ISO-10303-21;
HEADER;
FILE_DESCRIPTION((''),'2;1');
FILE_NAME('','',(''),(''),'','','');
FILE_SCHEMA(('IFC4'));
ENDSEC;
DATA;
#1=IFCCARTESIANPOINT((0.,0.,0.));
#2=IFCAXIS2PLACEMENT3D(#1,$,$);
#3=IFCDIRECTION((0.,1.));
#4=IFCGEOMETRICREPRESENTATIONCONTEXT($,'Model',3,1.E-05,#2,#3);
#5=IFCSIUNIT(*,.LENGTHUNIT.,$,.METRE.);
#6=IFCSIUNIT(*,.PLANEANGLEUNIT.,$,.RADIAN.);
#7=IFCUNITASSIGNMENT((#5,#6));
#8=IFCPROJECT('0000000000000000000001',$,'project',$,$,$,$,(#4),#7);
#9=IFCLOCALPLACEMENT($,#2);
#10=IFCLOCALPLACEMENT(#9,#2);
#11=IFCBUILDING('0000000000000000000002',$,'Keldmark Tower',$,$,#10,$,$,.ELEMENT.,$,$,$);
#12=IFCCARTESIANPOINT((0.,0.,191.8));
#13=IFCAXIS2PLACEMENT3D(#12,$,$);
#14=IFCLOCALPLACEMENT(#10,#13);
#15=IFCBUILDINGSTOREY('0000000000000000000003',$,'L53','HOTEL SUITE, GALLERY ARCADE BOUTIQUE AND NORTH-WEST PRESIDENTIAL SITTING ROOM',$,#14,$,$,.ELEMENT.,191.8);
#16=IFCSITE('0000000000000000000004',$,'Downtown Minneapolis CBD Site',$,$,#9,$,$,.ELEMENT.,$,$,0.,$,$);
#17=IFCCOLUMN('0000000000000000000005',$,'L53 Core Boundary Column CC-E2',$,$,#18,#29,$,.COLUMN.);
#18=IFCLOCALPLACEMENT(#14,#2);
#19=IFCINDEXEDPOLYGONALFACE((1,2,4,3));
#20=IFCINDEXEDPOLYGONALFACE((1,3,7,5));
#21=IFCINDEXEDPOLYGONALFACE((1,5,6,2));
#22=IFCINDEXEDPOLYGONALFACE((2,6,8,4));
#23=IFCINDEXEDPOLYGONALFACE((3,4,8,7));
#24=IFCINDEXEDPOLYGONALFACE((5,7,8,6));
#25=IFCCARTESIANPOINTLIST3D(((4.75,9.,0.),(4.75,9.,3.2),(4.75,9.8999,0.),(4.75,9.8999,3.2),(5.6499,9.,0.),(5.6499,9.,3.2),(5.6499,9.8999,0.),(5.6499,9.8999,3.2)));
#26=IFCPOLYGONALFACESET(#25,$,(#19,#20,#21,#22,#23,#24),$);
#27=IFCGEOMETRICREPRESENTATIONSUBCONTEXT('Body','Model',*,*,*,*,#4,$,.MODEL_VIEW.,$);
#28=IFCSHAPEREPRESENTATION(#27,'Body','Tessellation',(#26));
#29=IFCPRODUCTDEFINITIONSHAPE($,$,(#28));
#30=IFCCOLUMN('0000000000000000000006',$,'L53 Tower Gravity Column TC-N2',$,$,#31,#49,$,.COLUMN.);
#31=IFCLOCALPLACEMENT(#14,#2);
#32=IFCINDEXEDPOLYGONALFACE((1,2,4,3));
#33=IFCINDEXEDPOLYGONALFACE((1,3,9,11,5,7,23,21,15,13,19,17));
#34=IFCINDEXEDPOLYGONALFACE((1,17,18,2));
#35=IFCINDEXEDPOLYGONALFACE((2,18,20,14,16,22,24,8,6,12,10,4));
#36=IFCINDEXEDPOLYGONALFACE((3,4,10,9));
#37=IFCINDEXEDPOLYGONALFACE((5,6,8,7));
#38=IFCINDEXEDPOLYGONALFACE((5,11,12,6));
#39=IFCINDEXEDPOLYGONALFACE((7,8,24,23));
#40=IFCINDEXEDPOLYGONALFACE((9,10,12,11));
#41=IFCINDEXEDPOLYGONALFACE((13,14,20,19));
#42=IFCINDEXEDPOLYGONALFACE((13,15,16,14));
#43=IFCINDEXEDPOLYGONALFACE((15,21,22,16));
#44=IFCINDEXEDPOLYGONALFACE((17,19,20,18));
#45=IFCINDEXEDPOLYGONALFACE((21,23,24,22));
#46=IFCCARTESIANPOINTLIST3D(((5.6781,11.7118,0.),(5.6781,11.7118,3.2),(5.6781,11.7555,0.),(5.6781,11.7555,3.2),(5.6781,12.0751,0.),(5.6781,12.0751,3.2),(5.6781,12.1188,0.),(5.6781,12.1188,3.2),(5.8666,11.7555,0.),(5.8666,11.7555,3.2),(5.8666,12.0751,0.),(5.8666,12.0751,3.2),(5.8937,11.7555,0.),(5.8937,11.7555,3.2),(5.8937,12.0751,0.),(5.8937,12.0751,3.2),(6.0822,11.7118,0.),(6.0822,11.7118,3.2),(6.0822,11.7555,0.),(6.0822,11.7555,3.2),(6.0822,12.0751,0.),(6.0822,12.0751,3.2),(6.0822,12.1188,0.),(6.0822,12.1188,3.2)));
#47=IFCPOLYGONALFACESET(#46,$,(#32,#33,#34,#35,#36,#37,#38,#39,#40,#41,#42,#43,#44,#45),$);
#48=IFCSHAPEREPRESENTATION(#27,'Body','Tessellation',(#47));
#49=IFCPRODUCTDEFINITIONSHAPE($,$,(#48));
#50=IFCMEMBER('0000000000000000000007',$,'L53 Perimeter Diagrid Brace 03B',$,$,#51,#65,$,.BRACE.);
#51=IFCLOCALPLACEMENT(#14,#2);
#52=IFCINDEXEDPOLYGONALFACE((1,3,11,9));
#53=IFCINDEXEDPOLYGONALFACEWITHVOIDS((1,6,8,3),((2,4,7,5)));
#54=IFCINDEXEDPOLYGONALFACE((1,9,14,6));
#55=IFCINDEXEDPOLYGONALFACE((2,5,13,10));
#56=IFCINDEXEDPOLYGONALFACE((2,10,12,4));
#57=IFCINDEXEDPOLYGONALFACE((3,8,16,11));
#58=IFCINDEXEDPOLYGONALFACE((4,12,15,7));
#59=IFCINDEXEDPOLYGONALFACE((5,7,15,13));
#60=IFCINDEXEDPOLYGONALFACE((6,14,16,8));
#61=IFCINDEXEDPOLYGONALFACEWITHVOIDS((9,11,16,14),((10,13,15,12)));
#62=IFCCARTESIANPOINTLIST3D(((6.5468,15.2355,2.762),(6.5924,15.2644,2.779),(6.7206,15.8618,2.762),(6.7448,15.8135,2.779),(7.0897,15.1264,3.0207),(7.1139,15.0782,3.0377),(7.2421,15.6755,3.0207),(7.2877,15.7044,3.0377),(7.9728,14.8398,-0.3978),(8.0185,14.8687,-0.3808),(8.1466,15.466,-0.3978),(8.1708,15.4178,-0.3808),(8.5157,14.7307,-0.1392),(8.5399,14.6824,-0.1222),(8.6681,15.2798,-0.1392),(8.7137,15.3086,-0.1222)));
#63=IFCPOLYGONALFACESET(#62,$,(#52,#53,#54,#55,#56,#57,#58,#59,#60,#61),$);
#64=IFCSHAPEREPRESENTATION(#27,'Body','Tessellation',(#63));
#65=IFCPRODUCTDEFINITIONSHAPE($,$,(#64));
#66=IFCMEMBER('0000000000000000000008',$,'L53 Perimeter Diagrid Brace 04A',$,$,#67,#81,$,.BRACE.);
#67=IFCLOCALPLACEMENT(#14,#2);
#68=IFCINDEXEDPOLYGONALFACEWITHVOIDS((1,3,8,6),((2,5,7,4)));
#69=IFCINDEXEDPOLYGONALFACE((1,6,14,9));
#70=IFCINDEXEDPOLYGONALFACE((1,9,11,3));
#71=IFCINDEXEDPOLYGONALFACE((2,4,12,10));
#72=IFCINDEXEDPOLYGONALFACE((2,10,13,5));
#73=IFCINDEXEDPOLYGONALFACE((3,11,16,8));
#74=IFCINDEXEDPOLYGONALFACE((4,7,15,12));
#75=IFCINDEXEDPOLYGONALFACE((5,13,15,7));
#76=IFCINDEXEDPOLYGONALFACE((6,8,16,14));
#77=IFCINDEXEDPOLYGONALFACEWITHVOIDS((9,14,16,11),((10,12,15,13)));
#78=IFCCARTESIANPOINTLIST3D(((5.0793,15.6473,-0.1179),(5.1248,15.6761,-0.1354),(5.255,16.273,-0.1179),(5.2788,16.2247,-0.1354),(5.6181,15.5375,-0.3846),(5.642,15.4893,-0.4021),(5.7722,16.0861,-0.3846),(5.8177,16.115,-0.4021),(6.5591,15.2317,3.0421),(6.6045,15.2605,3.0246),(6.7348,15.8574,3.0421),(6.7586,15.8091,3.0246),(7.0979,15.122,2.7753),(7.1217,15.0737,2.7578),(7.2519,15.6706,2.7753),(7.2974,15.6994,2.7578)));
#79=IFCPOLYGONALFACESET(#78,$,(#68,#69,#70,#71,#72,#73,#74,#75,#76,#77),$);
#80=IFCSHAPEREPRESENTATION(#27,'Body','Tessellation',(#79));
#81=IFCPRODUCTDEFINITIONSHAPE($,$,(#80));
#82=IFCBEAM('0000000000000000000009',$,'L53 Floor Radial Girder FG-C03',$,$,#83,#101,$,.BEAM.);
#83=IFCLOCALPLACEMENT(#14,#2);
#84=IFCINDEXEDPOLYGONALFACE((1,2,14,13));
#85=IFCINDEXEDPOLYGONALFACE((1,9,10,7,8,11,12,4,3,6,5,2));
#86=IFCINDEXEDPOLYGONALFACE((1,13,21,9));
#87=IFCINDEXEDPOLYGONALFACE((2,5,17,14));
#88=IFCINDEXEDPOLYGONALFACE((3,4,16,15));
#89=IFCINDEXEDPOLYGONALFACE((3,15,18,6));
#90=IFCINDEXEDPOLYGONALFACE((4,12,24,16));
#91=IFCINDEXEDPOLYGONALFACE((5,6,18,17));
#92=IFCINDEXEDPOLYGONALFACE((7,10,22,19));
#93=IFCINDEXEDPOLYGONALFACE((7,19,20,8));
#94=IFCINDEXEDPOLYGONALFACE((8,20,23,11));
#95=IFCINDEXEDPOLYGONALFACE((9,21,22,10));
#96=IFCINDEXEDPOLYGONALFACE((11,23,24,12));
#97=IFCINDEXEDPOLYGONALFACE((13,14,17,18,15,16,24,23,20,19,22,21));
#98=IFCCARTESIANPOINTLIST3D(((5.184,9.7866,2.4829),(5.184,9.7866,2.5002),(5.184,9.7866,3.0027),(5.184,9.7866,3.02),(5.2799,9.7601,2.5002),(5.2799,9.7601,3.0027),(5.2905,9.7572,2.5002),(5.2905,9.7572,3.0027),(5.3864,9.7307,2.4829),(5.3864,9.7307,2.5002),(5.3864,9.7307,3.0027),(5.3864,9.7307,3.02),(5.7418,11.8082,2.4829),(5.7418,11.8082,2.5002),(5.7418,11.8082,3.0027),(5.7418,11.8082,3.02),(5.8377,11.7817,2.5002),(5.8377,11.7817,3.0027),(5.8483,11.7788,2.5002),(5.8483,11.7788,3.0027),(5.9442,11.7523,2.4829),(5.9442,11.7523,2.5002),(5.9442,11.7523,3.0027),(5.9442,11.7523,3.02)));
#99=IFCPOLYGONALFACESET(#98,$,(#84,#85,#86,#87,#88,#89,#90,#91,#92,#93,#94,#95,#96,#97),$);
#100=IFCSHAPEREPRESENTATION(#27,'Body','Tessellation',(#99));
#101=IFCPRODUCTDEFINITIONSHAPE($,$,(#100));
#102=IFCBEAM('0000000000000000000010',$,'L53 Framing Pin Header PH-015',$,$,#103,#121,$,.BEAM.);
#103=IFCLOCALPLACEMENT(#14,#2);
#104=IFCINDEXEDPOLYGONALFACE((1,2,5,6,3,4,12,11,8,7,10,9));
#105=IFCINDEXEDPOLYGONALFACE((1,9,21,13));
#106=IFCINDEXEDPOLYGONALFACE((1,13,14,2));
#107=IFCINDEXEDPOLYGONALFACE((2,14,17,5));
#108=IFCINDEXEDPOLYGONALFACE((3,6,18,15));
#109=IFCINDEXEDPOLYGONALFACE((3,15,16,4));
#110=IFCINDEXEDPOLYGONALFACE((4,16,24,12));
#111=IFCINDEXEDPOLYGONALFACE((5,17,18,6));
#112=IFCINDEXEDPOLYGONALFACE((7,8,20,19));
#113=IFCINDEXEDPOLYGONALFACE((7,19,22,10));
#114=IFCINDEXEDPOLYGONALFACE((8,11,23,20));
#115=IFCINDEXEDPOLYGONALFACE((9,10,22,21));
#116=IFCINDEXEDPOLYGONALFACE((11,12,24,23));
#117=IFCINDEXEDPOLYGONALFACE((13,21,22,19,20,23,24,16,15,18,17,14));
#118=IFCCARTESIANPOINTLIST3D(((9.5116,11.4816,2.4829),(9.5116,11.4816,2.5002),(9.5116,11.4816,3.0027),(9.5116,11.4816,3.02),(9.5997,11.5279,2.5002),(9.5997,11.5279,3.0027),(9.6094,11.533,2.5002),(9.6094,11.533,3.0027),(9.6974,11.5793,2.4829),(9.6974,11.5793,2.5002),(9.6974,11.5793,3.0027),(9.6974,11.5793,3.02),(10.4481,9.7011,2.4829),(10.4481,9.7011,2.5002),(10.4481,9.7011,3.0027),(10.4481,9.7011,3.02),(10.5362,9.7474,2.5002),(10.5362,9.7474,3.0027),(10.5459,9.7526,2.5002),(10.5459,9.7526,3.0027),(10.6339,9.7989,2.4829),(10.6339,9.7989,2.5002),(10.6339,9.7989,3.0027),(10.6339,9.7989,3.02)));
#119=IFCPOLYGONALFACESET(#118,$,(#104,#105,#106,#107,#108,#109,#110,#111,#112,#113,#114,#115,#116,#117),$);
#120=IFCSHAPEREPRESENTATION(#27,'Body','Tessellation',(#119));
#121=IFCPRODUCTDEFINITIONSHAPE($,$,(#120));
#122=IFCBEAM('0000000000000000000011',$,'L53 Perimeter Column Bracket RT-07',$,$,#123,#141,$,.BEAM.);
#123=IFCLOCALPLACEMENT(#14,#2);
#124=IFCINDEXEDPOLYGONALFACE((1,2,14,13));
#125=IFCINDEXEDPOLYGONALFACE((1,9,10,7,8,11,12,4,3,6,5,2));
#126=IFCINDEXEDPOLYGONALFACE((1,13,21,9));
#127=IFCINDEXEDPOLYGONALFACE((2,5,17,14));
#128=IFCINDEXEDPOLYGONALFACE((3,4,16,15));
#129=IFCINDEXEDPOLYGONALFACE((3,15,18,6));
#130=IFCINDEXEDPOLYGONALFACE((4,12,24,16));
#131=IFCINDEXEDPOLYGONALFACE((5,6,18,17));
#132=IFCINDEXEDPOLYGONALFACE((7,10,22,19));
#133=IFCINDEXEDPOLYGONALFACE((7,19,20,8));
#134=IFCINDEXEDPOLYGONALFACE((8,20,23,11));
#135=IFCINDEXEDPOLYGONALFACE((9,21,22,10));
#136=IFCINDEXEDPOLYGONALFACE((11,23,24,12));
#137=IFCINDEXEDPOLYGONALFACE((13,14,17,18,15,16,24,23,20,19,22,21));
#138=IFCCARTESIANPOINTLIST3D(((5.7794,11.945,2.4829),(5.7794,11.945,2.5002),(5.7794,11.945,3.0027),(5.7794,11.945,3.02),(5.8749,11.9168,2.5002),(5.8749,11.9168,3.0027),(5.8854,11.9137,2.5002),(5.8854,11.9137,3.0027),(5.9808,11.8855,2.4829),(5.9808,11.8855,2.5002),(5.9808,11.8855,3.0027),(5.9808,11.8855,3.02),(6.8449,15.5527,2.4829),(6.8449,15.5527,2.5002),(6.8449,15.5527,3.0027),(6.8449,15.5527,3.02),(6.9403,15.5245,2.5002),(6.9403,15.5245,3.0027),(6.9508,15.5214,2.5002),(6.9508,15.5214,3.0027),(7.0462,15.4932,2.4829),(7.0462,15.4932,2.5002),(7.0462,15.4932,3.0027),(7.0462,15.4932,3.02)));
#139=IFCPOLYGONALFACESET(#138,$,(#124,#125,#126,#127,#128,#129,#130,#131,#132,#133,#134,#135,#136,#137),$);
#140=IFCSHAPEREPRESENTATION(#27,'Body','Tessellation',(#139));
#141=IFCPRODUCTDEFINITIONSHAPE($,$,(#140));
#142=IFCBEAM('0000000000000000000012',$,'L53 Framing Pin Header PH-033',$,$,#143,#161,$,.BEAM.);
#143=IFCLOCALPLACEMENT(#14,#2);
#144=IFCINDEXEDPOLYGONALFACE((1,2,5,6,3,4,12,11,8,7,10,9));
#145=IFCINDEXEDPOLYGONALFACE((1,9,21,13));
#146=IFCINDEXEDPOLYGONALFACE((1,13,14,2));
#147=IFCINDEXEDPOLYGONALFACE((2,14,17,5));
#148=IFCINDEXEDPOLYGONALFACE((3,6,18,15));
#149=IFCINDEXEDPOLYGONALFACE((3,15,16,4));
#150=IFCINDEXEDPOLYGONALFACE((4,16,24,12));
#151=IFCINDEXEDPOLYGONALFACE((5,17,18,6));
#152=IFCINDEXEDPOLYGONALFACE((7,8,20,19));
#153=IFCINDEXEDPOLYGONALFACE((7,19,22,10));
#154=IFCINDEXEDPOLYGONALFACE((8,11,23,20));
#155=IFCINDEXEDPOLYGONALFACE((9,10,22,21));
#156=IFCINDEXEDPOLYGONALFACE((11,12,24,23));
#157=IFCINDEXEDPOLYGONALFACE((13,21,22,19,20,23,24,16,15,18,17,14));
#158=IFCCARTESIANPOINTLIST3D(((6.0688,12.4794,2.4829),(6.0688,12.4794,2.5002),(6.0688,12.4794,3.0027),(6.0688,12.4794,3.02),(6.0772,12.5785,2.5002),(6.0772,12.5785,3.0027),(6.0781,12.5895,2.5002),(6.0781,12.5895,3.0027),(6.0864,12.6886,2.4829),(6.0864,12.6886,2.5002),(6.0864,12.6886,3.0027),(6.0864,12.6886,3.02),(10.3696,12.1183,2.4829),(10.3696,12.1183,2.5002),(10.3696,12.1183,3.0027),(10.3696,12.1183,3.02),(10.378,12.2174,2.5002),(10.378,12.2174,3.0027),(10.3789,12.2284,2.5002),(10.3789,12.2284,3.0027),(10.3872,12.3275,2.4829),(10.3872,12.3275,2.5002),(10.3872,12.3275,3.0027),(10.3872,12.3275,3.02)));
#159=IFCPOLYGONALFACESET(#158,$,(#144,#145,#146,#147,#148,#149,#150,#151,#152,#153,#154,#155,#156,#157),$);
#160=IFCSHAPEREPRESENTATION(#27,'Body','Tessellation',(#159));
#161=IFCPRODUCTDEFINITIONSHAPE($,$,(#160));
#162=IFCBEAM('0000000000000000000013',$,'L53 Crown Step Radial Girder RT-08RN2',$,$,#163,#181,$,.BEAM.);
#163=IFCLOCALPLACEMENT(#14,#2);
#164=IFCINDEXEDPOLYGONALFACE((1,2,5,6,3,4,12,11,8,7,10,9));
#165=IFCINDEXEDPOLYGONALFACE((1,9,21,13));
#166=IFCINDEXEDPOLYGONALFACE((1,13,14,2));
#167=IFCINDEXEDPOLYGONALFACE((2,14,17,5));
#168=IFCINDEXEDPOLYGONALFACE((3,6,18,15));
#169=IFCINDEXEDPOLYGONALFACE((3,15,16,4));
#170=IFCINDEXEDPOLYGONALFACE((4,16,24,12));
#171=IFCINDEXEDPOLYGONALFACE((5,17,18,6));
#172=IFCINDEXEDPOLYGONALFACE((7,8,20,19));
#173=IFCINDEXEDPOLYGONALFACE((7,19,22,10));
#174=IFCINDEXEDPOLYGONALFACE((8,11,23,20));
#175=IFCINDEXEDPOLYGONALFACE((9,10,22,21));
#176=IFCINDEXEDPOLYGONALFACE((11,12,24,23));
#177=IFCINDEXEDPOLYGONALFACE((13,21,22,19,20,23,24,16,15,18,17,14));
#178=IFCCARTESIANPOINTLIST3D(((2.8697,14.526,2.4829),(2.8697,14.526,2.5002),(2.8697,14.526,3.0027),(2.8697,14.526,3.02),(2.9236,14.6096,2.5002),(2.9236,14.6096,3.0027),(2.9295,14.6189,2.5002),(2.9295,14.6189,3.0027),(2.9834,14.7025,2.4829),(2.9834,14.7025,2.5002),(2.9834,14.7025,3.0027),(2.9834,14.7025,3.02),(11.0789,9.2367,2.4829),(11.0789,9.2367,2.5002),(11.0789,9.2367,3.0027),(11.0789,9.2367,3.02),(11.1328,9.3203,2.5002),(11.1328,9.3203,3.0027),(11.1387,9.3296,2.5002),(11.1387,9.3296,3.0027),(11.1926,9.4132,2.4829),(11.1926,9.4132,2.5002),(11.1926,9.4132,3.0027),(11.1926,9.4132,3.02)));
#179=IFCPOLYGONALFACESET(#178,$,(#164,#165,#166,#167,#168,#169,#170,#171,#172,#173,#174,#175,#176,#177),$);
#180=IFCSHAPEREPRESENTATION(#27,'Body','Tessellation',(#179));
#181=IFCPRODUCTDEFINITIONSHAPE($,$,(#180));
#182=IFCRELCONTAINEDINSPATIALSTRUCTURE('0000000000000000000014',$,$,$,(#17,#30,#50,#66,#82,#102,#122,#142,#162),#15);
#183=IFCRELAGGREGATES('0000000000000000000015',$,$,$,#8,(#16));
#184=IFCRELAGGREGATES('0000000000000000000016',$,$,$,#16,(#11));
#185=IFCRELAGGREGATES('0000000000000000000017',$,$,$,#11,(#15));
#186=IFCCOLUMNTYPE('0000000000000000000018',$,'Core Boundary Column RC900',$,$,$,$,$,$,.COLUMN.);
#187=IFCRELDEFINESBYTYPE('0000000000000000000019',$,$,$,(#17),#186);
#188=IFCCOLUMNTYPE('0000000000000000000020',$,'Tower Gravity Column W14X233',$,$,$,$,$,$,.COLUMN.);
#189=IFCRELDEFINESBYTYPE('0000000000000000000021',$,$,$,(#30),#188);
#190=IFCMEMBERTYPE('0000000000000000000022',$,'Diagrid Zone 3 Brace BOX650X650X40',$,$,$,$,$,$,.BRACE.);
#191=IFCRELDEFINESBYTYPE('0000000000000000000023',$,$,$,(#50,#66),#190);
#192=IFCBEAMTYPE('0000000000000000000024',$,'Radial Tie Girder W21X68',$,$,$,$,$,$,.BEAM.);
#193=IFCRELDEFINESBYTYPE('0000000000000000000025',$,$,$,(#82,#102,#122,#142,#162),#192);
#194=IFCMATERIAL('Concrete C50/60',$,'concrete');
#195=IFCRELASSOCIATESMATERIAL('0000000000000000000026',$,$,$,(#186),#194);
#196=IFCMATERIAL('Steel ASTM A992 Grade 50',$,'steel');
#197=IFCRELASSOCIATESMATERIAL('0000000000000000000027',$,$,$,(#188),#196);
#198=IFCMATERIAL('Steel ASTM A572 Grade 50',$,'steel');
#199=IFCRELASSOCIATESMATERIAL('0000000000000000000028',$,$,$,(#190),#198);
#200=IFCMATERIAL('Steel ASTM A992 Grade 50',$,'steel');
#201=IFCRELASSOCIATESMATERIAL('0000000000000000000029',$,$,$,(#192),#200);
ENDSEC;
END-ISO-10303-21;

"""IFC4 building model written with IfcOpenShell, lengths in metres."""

from ifc_helpers import new_model, si_unit, direction, frame, origin, origin_2d, place, context, subcontext, project, spatial, rectangle, hollow_rectangle, i_section, extrude, material, material_profile, profile_set, type_object, element, save


model = new_model("IFC4")

# Units and contexts
model_context = context("Model", 3, precision=1e-05, world=origin(), true_north=direction((0.0, 1.0)))
body_context = subcontext(model_context, "Body", "Model", "MODEL_VIEW")
ifc_project = project(units=[si_unit("LENGTHUNIT", "METRE"), si_unit("PLANEANGLEUNIT", "RADIAN")], contexts=[model_context])

# Site, building, storey
site_placement = place(None, origin())
site = spatial("IfcSite", under=ifc_project, at=site_placement, Name="Downtown Minneapolis CBD Site", CompositionType="ELEMENT", RefElevation=0.0)
building_placement = place(site_placement, origin())
building = spatial("IfcBuilding", under=site, at=building_placement, Name="Keldmark Tower", CompositionType="ELEMENT")
storey_placement = place(building_placement, frame((0.0, 0.0, 191.8)))
storey = spatial("IfcBuildingStorey", under=building, at=storey_placement, Name="L53", Description="HOTEL SUITE, GALLERY ARCADE BOUTIQUE AND NORTH-WEST PRESIDENTIAL SITTING ROOM", CompositionType="ELEMENT", Elevation=191.8)

# Columns
ifc_material_1 = material(Name="Concrete C50/60", Category="concrete")
ifc_material_profile_1 = material_profile(ifc_material_1, rectangle(XDim=0.8999, YDim=0.8999, at=origin_2d()), Name="RC900X900")
ifc_profile_set_1 = profile_set([ifc_material_profile_1], Name="Concrete C50/60")
column_type_1 = type_object("IfcColumnType", Name="Core Boundary Column RC900", PredefinedType="COLUMN", material=ifc_profile_set_1)
column_1_placement = place(storey_placement, frame((5.2, 9.45, 0.0), z_axis=(0.0, 0.0, 1.0), x_axis=(1.0, 0.0, 0.0)))
element("IfcColumn", 1, at=column_1_placement, inside=storey, type_object=column_type_1, Name="L53 Core Boundary Column CC-E2", PredefinedType="COLUMN", context=body_context, shape_type="SweptSolid", body=[
    extrude(rectangle(XDim=0.8999, YDim=0.8999, at=origin_2d()), origin(), (0.0, 0.0, 1.0), 3.2),
])
ifc_material_2 = material(Name="Steel ASTM A992 Grade 50", Category="steel")
ifc_material_profile_2 = material_profile(ifc_material_2, i_section(OverallWidth=0.4041, OverallDepth=0.407, WebThickness=0.0271, FlangeThickness=0.0437, at=origin_2d()), Name="W14X233")
ifc_profile_set_2 = profile_set([ifc_material_profile_2], Name="Steel ASTM A992 Grade 50")
column_type_2 = type_object("IfcColumnType", Name="Tower Gravity Column W14X233", PredefinedType="COLUMN", material=ifc_profile_set_2)
column_2_placement = place(storey_placement, frame((5.8801, 11.9153, 0.0), z_axis=(0.0, 0.0, 1.0), x_axis=(1.0, 0.0, 0.0)))
element("IfcColumn", 2, at=column_2_placement, inside=storey, type_object=column_type_2, Name="L53 Tower Gravity Column TC-N2", PredefinedType="COLUMN", context=body_context, shape_type="SweptSolid", body=[
    extrude(i_section(OverallWidth=0.4041, OverallDepth=0.407, WebThickness=0.0271, FlangeThickness=0.0437, at=origin_2d()), origin(), (0.0, 0.0, 1.0), 3.2),
])

# Members
ifc_material_3 = material(Name="Steel ASTM A572 Grade 50", Category="steel")
ifc_material_profile_3 = material_profile(ifc_material_3, hollow_rectangle(XDim=0.6499, YDim=0.6499, WallThickness=0.04, at=origin_2d()), Name="BOX650X650X40")
ifc_profile_set_3 = profile_set([ifc_material_profile_3], Name="Steel ASTM A572 Grade 50")
member_type = type_object("IfcMemberType", Name="Diagrid Zone 3 Brace BOX650X650X40", PredefinedType="BRACE", material=ifc_profile_set_3)
member_1_placement = place(storey_placement, frame((8.3433, 15.0742, -0.26), z_axis=(-0.408685, 0.113419, 0.905601), x_axis=(-0.267414, -0.963582, 0.0)))
element("IfcMember", 3, at=member_1_placement, inside=storey, type_object=member_type, Name="L53 Perimeter Diagrid Brace 03B", PredefinedType="BRACE", context=body_context, shape_type="SweptSolid", body=[
    extrude(hollow_rectangle(XDim=0.6499, YDim=0.6499, WallThickness=0.04, at=origin_2d()), origin(), (0.0, 0.0, 1.0), 3.4893),
])
member_2_placement = place(storey_placement, frame((5.4485, 15.8811, -0.26), z_axis=(0.421112, -0.118253, 0.899267), x_axis=(0.270355, 0.962761, 0.0)))
element("IfcMember", 4, at=member_2_placement, inside=storey, type_object=member_type, Name="L53 Perimeter Diagrid Brace 04A", PredefinedType="BRACE", context=body_context, shape_type="SweptSolid", body=[
    extrude(hollow_rectangle(XDim=0.6499, YDim=0.6499, WallThickness=0.04, at=origin_2d()), origin(), (0.0, 0.0, 1.0), 3.5139),
])

# Beams
ifc_material_4 = material(Name="Steel ASTM A992 Grade 50", Category="steel")
ifc_material_profile_4 = material_profile(ifc_material_4, i_section(OverallWidth=0.21, OverallDepth=0.5371, WebThickness=0.011, FlangeThickness=0.0173, at=origin_2d()), Name="W21X68")
ifc_profile_set_4 = profile_set([ifc_material_profile_4], Name="Steel ASTM A992 Grade 50")
beam_type_1 = type_object("IfcBeamType", Name="Radial Tie Girder W21X68", PredefinedType="BEAM", material=ifc_profile_set_4)
beam_1_placement = place(storey_placement, frame((5.843, 11.7803, 2.7515), z_axis=(-0.265992, -0.963975, 0.0), x_axis=(0.963975, -0.265992, 0.0)))
element("IfcBeam", 5, at=beam_1_placement, inside=storey, type_object=beam_type_1, Name="L53 Floor Radial Girder FG-C03", PredefinedType="BEAM", context=body_context, shape_type="SweptSolid", body=[
    extrude(i_section(OverallWidth=0.21, OverallDepth=0.5371, WebThickness=0.011, FlangeThickness=0.0173, at=origin_2d()), origin(), (0.0, 0.0, 1.0), 2.0972),
])
beam_2_placement = place(storey_placement, frame((10.541, 9.75, 2.7515), z_axis=(-0.465516, 0.885039, 0.0), x_axis=(-0.885039, -0.465516, 0.0)))
element("IfcBeam", 6, at=beam_2_placement, inside=storey, type_object=beam_type_1, Name="L53 Framing Pin Header PH-015", PredefinedType="BEAM", context=body_context, shape_type="SweptSolid", body=[
    extrude(i_section(OverallWidth=0.21, OverallDepth=0.5371, WebThickness=0.011, FlangeThickness=0.0173, at=origin_2d()), origin(), (0.0, 0.0, 1.0), 2.0117),
])
beam_3_placement = place(storey_placement, frame((5.8801, 11.9153, 2.7515), z_axis=(0.283231, 0.959052, 0.0), x_axis=(-0.959052, 0.283231, 0.0)))
element("IfcBeam", 7, at=beam_3_placement, inside=storey, type_object=beam_type_1, Name="L53 Perimeter Column Bracket RT-07", PredefinedType="BEAM", context=body_context, shape_type="SweptSolid", body=[
    extrude(i_section(OverallWidth=0.21, OverallDepth=0.5371, WebThickness=0.011, FlangeThickness=0.0173, at=origin_2d()), origin(), (0.0, 0.0, 1.0), 3.7617),
])
beam_4_placement = place(storey_placement, frame((10.3784, 12.2229, 2.7515), z_axis=(-0.996494, 0.083663, 0.0), x_axis=(-0.083663, -0.996494, 0.0)))
element("IfcBeam", 8, at=beam_4_placement, inside=storey, type_object=beam_type_1, Name="L53 Framing Pin Header PH-033", PredefinedType="BEAM", context=body_context, shape_type="SweptSolid", body=[
    extrude(i_section(OverallWidth=0.21, OverallDepth=0.5371, WebThickness=0.011, FlangeThickness=0.0173, at=origin_2d()), origin(), (0.0, 0.0, 1.0), 4.3159),
])
beam_5_placement = place(storey_placement, frame((11.1357, 9.325, 2.7515), z_axis=(-0.840622, 0.541623, 0.0), x_axis=(-0.541623, -0.840622, 0.0)))
element("IfcBeam", 9, at=beam_5_placement, inside=storey, type_object=beam_type_1, Name="L53 Crown Step Radial Girder RT-08RN2", PredefinedType="BEAM", context=body_context, shape_type="SweptSolid", body=[
    extrude(i_section(OverallWidth=0.21, OverallDepth=0.5371, WebThickness=0.011, FlangeThickness=0.0173, at=origin_2d()), origin(), (0.0, 0.0, 1.0), 9.7656),
])

save(model, "model.ifc")
